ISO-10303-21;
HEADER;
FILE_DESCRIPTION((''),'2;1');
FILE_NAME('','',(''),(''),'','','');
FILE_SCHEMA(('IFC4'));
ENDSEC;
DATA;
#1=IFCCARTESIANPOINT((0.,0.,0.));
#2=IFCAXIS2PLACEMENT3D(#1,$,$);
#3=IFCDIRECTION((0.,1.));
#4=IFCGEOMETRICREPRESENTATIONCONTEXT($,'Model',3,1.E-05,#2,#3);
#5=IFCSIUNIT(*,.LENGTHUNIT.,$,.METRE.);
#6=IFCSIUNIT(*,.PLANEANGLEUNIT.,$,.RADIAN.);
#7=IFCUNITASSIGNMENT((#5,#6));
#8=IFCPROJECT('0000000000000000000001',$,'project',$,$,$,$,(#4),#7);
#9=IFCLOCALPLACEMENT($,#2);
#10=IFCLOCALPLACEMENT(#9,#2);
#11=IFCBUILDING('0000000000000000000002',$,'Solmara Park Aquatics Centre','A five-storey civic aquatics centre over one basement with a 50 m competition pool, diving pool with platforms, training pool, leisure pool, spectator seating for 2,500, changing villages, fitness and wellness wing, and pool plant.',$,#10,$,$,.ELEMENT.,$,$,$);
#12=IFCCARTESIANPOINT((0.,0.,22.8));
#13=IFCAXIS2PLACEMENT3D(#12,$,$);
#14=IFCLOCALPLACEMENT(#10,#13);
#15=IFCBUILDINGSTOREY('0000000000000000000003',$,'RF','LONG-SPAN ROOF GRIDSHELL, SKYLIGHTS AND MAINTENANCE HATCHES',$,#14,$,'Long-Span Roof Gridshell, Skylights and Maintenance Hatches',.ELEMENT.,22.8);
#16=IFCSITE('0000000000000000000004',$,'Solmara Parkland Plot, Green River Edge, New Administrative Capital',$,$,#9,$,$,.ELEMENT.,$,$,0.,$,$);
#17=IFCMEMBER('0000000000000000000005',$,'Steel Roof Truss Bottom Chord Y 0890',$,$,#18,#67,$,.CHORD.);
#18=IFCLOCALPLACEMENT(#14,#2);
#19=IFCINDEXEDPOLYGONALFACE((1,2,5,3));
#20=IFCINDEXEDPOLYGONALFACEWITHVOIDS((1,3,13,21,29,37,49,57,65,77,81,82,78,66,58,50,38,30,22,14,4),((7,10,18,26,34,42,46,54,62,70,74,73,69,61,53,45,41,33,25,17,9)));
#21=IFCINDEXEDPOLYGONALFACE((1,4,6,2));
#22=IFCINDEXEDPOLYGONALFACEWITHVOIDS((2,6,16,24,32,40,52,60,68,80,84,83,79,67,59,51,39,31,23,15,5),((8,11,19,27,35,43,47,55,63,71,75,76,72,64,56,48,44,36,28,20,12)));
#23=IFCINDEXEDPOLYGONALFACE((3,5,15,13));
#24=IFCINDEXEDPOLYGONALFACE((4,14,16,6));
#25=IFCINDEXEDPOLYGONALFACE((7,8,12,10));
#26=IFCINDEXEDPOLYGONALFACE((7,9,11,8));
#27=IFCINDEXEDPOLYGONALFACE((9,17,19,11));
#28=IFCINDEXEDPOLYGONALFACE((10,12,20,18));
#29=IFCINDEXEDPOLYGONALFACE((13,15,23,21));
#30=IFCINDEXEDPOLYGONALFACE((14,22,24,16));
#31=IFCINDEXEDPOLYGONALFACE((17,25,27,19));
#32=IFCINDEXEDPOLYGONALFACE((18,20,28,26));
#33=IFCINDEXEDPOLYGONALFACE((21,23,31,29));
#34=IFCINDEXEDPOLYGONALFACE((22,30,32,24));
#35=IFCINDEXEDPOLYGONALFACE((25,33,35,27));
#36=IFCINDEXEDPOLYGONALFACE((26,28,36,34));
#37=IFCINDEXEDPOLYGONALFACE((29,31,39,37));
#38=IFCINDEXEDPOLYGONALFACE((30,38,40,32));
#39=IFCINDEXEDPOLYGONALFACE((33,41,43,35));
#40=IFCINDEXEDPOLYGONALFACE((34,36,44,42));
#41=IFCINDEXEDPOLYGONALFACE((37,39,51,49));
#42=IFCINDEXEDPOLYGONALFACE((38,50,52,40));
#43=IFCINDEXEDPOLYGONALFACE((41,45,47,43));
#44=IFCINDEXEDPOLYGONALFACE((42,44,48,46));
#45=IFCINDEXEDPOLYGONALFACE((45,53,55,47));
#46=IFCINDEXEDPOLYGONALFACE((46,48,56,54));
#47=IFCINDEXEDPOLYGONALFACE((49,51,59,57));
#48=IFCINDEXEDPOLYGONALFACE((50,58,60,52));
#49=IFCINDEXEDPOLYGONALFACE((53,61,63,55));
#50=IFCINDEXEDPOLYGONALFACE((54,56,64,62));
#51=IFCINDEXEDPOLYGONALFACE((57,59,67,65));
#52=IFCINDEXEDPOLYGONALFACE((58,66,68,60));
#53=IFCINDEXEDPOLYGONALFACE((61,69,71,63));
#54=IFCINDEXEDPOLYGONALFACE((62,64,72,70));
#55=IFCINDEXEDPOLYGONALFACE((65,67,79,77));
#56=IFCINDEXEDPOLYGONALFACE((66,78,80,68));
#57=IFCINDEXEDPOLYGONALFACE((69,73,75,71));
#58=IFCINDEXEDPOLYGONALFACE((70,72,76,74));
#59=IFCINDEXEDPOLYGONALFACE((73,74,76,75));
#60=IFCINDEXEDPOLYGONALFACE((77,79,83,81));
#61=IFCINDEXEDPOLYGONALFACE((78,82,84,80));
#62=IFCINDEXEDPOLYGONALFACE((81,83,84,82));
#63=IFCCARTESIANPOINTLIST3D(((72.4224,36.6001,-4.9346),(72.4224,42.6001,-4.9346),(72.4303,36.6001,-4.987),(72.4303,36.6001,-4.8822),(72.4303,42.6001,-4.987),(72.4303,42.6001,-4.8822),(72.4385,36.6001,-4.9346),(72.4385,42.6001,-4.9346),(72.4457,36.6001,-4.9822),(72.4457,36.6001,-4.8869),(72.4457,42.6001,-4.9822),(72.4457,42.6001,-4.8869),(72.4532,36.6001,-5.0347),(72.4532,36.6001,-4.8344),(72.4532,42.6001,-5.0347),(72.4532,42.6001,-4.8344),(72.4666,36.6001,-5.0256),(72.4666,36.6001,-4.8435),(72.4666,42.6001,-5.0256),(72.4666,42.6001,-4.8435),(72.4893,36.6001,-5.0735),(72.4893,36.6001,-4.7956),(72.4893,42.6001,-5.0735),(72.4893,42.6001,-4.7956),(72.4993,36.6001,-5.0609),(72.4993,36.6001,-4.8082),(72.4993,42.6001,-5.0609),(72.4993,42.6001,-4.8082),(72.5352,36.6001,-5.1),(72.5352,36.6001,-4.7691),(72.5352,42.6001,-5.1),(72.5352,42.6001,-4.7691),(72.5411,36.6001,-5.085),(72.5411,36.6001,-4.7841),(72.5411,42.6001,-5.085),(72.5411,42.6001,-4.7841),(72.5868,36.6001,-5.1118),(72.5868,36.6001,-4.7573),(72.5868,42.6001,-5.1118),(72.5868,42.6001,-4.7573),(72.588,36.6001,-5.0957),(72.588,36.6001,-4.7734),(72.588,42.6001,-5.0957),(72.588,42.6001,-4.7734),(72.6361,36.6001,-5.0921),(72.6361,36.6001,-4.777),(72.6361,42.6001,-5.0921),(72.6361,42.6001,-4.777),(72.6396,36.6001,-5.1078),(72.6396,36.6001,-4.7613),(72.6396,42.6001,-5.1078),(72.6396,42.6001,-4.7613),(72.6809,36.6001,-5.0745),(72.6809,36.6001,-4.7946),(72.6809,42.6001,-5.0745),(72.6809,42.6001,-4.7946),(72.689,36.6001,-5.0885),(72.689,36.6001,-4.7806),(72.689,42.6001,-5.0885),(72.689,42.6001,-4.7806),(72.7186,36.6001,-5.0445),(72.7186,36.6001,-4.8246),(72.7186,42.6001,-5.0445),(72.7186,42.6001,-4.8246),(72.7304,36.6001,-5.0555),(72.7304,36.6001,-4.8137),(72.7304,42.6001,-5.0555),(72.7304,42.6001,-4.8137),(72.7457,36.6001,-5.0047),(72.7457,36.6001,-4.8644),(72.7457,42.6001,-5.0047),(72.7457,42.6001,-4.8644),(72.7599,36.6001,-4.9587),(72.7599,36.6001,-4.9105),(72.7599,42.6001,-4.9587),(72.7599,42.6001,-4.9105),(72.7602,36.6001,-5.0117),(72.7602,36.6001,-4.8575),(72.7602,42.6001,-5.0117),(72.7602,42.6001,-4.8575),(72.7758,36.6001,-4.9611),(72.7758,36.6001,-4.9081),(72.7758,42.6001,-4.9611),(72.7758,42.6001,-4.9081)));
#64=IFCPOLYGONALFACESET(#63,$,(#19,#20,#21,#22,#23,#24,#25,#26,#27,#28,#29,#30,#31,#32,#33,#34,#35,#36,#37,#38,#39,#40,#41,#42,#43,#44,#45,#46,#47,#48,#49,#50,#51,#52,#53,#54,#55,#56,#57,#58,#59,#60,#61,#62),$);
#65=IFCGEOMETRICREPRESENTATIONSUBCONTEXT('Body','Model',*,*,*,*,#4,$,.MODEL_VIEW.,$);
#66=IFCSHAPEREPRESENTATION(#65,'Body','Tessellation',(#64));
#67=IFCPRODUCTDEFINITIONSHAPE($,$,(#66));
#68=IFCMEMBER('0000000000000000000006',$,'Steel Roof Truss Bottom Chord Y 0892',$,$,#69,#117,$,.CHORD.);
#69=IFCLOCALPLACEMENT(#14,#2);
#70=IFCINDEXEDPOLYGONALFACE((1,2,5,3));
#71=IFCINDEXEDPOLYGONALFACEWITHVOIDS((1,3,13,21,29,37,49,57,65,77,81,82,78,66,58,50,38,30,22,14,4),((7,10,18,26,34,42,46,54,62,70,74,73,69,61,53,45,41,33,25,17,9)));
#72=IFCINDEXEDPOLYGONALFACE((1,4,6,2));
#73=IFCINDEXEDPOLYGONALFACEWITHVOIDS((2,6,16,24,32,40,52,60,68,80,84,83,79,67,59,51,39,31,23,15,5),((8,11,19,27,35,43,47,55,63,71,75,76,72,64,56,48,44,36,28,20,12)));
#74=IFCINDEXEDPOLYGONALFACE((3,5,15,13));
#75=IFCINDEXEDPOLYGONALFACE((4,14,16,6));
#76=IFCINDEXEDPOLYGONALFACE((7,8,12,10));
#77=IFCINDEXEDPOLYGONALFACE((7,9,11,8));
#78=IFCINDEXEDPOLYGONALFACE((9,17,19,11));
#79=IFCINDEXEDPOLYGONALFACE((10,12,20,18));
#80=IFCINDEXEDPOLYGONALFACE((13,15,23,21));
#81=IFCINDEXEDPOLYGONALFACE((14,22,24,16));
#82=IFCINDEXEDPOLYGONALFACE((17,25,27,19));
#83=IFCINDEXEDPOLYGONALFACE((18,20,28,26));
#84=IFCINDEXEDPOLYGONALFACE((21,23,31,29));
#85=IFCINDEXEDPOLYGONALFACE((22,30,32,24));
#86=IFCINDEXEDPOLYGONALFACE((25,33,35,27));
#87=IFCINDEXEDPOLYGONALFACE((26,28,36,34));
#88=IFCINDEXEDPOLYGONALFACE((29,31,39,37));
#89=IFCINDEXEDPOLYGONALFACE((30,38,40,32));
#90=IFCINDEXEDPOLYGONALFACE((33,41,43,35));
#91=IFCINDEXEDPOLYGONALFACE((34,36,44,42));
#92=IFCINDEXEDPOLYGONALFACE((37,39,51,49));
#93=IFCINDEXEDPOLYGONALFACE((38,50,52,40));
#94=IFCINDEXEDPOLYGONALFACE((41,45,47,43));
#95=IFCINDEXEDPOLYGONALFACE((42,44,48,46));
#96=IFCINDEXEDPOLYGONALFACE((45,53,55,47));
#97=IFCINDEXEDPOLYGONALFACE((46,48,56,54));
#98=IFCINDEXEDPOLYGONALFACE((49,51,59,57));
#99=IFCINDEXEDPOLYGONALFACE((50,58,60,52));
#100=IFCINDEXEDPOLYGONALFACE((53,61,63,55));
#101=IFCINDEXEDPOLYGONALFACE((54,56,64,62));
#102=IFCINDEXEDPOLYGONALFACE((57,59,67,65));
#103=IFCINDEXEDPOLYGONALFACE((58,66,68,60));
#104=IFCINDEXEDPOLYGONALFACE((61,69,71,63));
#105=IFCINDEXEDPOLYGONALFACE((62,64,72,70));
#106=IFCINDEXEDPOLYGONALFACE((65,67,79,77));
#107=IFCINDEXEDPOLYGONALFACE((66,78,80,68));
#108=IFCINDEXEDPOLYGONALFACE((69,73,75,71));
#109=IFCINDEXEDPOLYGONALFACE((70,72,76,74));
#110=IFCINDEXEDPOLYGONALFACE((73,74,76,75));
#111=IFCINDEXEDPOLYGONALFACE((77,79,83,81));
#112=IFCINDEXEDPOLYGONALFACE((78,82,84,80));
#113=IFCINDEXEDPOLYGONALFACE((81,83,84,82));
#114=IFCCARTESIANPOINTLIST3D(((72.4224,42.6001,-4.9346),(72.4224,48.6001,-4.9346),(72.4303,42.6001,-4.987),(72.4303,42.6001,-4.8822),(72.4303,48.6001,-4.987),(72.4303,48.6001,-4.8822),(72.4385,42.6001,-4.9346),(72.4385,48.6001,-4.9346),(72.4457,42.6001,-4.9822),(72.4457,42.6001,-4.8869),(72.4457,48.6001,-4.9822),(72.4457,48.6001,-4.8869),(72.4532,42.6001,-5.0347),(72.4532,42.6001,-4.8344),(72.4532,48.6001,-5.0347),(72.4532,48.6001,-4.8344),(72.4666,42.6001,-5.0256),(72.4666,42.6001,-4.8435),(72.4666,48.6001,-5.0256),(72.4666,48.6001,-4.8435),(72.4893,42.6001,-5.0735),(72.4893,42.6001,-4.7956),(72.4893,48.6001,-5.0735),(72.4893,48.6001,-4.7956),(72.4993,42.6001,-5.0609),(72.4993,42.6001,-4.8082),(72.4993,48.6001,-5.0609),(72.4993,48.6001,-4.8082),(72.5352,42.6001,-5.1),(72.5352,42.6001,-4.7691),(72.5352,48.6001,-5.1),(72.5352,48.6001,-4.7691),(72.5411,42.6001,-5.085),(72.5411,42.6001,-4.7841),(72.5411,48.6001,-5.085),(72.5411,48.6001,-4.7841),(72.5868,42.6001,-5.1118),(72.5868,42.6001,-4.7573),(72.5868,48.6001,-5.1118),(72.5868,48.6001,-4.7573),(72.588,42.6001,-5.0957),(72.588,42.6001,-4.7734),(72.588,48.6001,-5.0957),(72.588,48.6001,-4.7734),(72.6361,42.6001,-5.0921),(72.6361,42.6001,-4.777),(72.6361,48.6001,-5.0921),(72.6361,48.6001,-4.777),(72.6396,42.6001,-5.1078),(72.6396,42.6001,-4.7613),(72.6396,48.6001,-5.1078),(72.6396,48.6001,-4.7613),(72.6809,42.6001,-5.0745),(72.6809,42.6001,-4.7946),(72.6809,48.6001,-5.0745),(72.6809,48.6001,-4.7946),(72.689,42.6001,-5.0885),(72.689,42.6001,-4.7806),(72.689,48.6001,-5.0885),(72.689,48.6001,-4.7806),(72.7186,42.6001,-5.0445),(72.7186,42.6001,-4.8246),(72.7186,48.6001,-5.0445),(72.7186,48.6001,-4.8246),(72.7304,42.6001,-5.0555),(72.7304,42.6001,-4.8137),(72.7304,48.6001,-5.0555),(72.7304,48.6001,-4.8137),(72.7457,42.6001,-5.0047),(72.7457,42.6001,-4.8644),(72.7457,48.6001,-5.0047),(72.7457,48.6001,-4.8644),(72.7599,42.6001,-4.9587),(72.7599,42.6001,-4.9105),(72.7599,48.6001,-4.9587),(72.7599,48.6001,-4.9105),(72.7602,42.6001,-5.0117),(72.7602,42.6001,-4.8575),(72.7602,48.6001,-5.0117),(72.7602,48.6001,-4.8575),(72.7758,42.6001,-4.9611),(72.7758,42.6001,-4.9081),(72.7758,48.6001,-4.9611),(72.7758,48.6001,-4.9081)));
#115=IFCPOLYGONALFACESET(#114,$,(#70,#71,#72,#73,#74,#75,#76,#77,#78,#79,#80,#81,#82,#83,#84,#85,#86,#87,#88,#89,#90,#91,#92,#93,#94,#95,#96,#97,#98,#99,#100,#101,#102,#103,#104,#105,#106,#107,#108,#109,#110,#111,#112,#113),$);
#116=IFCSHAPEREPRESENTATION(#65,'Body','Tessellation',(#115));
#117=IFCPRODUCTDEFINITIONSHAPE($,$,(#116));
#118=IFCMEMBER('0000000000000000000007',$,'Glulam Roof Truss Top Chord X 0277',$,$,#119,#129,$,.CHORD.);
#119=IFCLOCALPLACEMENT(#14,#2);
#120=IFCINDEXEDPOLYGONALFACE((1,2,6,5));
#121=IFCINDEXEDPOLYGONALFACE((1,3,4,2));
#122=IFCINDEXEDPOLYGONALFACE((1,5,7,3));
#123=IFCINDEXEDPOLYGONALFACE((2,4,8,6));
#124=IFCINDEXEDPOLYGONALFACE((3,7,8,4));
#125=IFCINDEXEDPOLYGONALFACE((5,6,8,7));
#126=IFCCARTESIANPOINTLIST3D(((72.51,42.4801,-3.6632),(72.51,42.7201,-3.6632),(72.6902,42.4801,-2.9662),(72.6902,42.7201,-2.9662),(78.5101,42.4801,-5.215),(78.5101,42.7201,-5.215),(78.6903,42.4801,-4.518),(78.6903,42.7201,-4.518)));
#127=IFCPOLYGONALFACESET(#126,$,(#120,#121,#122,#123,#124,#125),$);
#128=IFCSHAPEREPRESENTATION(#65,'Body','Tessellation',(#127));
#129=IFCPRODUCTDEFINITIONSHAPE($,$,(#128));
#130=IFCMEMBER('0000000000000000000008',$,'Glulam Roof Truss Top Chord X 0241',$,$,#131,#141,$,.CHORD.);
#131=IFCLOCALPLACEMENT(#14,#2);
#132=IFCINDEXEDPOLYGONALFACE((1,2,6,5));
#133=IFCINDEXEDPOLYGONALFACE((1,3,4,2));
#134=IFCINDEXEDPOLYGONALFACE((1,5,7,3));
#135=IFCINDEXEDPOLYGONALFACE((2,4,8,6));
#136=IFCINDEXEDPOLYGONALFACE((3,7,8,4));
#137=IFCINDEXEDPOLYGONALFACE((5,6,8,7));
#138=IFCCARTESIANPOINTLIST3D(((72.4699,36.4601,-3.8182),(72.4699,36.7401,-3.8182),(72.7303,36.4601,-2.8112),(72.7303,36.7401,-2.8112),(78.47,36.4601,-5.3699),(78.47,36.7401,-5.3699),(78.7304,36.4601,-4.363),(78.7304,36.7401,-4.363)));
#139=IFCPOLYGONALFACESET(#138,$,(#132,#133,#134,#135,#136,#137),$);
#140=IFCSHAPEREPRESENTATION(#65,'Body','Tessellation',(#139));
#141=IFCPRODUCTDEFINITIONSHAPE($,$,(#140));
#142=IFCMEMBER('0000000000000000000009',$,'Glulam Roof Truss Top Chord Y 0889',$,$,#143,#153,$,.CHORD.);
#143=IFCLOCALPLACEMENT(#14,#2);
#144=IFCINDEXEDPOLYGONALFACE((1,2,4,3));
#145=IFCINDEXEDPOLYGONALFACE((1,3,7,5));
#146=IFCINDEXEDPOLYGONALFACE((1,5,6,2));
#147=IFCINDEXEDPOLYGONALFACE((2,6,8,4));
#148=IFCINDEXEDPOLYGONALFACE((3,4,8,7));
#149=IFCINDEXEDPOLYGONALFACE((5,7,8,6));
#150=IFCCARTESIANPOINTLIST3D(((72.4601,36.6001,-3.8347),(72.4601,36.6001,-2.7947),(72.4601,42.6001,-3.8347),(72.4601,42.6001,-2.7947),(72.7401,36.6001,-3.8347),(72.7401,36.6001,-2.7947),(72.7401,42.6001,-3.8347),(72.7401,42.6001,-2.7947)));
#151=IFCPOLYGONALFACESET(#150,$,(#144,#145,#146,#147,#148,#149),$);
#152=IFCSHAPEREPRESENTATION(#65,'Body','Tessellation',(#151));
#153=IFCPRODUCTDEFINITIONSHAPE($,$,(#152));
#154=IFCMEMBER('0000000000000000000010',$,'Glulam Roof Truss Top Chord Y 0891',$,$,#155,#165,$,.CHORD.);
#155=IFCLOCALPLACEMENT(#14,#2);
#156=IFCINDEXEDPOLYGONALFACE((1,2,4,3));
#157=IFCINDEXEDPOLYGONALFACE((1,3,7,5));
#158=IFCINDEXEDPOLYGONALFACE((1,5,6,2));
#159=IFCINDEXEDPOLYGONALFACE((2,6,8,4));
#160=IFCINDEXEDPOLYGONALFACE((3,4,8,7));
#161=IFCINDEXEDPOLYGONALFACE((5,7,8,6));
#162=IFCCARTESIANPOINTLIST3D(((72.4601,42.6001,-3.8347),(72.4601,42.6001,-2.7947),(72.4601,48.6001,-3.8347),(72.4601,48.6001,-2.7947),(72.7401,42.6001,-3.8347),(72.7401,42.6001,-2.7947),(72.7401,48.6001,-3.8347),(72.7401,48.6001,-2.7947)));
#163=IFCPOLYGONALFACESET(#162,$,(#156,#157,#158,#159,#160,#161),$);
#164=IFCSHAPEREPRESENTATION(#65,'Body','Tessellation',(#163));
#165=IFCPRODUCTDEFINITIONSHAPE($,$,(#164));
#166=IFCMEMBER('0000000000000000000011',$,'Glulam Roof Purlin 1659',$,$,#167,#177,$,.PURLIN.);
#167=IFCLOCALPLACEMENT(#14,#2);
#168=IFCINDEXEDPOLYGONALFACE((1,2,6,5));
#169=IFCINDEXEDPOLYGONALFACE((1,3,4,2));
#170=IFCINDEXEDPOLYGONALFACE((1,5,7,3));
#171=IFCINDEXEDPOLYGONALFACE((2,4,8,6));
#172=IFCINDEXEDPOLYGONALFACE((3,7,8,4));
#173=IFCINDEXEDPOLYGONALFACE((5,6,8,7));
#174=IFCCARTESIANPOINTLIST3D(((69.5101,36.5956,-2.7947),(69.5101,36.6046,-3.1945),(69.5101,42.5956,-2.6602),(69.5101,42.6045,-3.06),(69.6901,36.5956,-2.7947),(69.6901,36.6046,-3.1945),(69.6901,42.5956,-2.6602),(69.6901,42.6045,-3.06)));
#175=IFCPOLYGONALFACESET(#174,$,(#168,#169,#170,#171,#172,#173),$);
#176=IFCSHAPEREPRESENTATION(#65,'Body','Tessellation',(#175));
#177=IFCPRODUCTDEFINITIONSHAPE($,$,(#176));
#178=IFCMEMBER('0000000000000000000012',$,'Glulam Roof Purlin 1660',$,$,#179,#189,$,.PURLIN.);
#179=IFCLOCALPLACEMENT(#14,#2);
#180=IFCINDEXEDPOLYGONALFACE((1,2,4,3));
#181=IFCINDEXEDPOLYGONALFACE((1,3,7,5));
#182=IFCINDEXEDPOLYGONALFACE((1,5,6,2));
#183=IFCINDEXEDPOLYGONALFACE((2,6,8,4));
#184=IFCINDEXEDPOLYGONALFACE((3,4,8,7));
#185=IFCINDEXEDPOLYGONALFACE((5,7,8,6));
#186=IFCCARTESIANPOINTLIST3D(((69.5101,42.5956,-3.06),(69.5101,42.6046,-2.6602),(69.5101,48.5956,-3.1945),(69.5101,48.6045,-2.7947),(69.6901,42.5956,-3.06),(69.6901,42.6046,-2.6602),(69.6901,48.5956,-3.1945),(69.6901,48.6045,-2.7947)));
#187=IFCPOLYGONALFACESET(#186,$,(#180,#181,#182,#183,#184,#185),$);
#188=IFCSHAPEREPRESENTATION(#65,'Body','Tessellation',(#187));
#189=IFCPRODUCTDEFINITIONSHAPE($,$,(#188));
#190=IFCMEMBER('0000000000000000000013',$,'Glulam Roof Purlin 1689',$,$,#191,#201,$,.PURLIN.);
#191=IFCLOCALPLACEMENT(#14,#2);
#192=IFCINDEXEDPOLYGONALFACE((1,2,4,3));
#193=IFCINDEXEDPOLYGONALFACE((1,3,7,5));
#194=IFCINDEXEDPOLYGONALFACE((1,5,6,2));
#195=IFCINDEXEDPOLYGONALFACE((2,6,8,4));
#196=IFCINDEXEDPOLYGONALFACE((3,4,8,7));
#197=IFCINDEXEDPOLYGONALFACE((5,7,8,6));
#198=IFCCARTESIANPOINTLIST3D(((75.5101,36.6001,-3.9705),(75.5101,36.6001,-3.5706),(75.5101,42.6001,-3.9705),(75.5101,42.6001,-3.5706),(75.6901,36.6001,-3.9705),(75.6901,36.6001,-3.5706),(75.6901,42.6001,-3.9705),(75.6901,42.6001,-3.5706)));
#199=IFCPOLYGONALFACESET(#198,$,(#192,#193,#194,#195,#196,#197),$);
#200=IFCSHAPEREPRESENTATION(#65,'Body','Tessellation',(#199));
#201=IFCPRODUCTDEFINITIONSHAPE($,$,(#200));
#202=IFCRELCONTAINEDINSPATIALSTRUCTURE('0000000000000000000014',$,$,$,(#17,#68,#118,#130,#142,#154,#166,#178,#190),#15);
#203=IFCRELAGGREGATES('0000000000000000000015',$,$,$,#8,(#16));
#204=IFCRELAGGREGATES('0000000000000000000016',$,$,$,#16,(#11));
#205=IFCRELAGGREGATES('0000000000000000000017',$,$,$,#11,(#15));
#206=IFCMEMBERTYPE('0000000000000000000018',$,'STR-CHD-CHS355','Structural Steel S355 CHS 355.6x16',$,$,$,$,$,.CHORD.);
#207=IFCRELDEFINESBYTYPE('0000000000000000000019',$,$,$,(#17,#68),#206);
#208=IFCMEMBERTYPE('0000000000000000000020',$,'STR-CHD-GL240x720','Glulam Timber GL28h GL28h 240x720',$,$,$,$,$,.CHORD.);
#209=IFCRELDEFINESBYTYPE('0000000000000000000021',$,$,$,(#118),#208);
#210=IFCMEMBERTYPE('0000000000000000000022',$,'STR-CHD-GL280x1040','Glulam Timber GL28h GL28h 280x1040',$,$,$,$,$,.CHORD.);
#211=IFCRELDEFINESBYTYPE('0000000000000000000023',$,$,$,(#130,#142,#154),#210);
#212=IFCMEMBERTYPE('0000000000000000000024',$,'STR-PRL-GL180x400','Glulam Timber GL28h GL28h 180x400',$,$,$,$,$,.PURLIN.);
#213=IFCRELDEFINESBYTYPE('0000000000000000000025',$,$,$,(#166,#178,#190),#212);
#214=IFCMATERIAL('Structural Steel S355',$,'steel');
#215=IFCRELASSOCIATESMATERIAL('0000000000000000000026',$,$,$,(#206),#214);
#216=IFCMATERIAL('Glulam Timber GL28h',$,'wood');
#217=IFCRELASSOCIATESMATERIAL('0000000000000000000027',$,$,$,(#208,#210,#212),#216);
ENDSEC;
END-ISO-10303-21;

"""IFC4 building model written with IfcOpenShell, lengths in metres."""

from ifc_helpers import new_model, si_unit, direction, frame, origin, origin_2d, place, context, subcontext, project, spatial, rectangle, hollow_circle, extrude, material, material_profile, profile_set, type_object, element, save


model = new_model("IFC4")

# Units and contexts
model_context = context("Model", 3, precision=1e-05, world=origin(), true_north=direction((0.0, 1.0)))
body_context = subcontext(model_context, "Body", "Model", "MODEL_VIEW")
ifc_project = project(units=[si_unit("LENGTHUNIT", "METRE"), si_unit("PLANEANGLEUNIT", "RADIAN")], contexts=[model_context])

# Site, building, storey
site_placement = place(None, origin())
site = spatial("IfcSite", under=ifc_project, at=site_placement, Name="Solmara Parkland Plot, Green River Edge, New Administrative Capital", CompositionType="ELEMENT", RefElevation=0.0)
building_placement = place(site_placement, origin())
building = spatial("IfcBuilding", under=site, at=building_placement, Name="Solmara Park Aquatics Centre", Description="A five-storey civic aquatics centre over one basement with a 50 m competition pool, diving pool with platforms, training pool, leisure pool, spectator seating for 2,500, changing villages, fitness and wellness wing, and pool plant.", CompositionType="ELEMENT")
storey_placement = place(building_placement, frame((0.0, 0.0, 22.8)))
storey = spatial("IfcBuildingStorey", under=building, at=storey_placement, Name="RF", Description="LONG-SPAN ROOF GRIDSHELL, SKYLIGHTS AND MAINTENANCE HATCHES", LongName="Long-Span Roof Gridshell, Skylights and Maintenance Hatches", CompositionType="ELEMENT", Elevation=22.8)

# Members
ifc_material_1 = material(Name="Structural Steel S355", Category="steel")
ifc_material_profile_1 = material_profile(ifc_material_1, hollow_circle(Radius=0.1777, WallThickness=0.0161, at=origin_2d()), Name="CHS 355.6x16")
ifc_profile_set_1 = profile_set([ifc_material_profile_1], Name="Structural Steel S355")
member_type_1 = type_object("IfcMemberType", Name="STR-CHD-CHS355", Description="Structural Steel S355 CHS 355.6x16", PredefinedType="CHORD", material=ifc_profile_set_1)
for number, where, z_axis, x_axis, name in (
    (1, (72.6001, 36.6001, -4.9346), (0.0, 1.0, 0.0), (-1.0, 0.0, 0.0), "Steel Roof Truss Bottom Chord Y 0890"),
    (2, (72.6001, 42.6001, -4.9346), (0.0, 1.0, 0.0), (-1.0, 0.0, 0.0), "Steel Roof Truss Bottom Chord Y 0892"),
):
    element("IfcMember", number, at=place(storey_placement, frame(where, z_axis=z_axis, x_axis=x_axis)), inside=storey, type_object=member_type_1, Name=name, PredefinedType="CHORD", context=body_context, shape_type="SweptSolid", body=[
        extrude(hollow_circle(Radius=0.1777, WallThickness=0.0161, at=origin_2d()), origin(), (0.0, 0.0, 1.0), 6.0),
    ])
ifc_material_2 = material(Name="Glulam Timber GL28h", Category="wood")
ifc_material_profile_2 = material_profile(ifc_material_2, rectangle(XDim=0.24, YDim=0.72, at=origin_2d()), Name="GL28h 240x720")
ifc_profile_set_2 = profile_set([ifc_material_profile_2], Name="Glulam Timber GL28h")
member_type_2 = type_object("IfcMemberType", Name="STR-CHD-GL240x720", Description="Glulam Timber GL28h GL28h 240x720", PredefinedType="CHORD", material=ifc_profile_set_2)
member_1_placement = place(storey_placement, frame((72.6001, 42.6001, -3.3147), z_axis=(0.968146, 0.0, -0.250388), x_axis=(0.0, 1.0, 0.0)))
element("IfcMember", 3, at=member_1_placement, inside=storey, type_object=member_type_2, Name="Glulam Roof Truss Top Chord X 0277", PredefinedType="CHORD", context=body_context, shape_type="SweptSolid", body=[
    extrude(rectangle(XDim=0.24, YDim=0.72, at=origin_2d()), origin(), (0.0, 0.0, 1.0), 6.1975),
])
ifc_material_profile_3 = material_profile(ifc_material_2, rectangle(XDim=0.28, YDim=1.04, at=origin_2d()), Name="GL28h 280x1040")
ifc_profile_set_3 = profile_set([ifc_material_profile_3], Name="Glulam Timber GL28h")
member_type_3 = type_object("IfcMemberType", Name="STR-CHD-GL280x1040", Description="Glulam Timber GL28h GL28h 280x1040", PredefinedType="CHORD", material=ifc_profile_set_3)
member_2_placement = place(storey_placement, frame((72.6001, 36.6001, -3.3147), z_axis=(0.968146, 0.0, -0.250388), x_axis=(0.0, 1.0, 0.0)))
element("IfcMember", 4, at=member_2_placement, inside=storey, type_object=member_type_3, Name="Glulam Roof Truss Top Chord X 0241", PredefinedType="CHORD", context=body_context, shape_type="SweptSolid", body=[
    extrude(rectangle(XDim=0.28, YDim=1.04, at=origin_2d()), origin(), (0.0, 0.0, 1.0), 6.1975),
])
for number, where, z_axis, x_axis, name in (
    (5, (72.6001, 36.6001, -3.3147), (0.0, 1.0, 0.0), (-1.0, 0.0, 0.0), "Glulam Roof Truss Top Chord Y 0889"),
    (6, (72.6001, 42.6001, -3.3147), (0.0, 1.0, 0.0), (-1.0, 0.0, 0.0), "Glulam Roof Truss Top Chord Y 0891"),
):
    element("IfcMember", number, at=place(storey_placement, frame(where, z_axis=z_axis, x_axis=x_axis)), inside=storey, type_object=member_type_3, Name=name, PredefinedType="CHORD", context=body_context, shape_type="SweptSolid", body=[
        extrude(rectangle(XDim=0.28, YDim=1.04, at=origin_2d()), origin(), (0.0, 0.0, 1.0), 6.0),
    ])
ifc_material_profile_4 = material_profile(ifc_material_2, rectangle(XDim=0.1799, YDim=0.3999, at=origin_2d()), Name="GL28h 180x400")
ifc_profile_set_4 = profile_set([ifc_material_profile_4], Name="Glulam Timber GL28h")
member_type_4 = type_object("IfcMemberType", Name="STR-PRL-GL180x400", Description="Glulam Timber GL28h GL28h 180x400", PredefinedType="PURLIN", material=ifc_profile_set_4)
for number, where, z_axis, x_axis, name in (
    (7, (69.6001, 36.6001, -2.9946), (0.0, 0.999749, 0.022415), (-1.0, 0.0, 0.0), "Glulam Roof Purlin 1659"),
    (8, (69.6001, 42.6001, -2.8601), (0.0, 0.999749, -0.022415), (-1.0, 0.0, 0.0), "Glulam Roof Purlin 1660"),
):
    element("IfcMember", number, at=place(storey_placement, frame(where, z_axis=z_axis, x_axis=x_axis)), inside=storey, type_object=member_type_4, Name=name, PredefinedType="PURLIN", context=body_context, shape_type="SweptSolid", body=[
        extrude(rectangle(XDim=0.1799, YDim=0.3999, at=origin_2d()), origin(), (0.0, 0.0, 1.0), 6.0015),
    ])
for number, where, z_axis, x_axis, name in (
    (9, (75.6001, 36.6001, -3.7705), (0.0, 1.0, 0.0), (-1.0, 0.0, 0.0), "Glulam Roof Purlin 1689"),
):
    element("IfcMember", number, at=place(storey_placement, frame(where, z_axis=z_axis, x_axis=x_axis)), inside=storey, type_object=member_type_4, Name=name, PredefinedType="PURLIN", context=body_context, shape_type="SweptSolid", body=[
        extrude(rectangle(XDim=0.1799, YDim=0.3999, at=origin_2d()), origin(), (0.0, 0.0, 1.0), 6.0),
    ])

save(model, "model.ifc")
